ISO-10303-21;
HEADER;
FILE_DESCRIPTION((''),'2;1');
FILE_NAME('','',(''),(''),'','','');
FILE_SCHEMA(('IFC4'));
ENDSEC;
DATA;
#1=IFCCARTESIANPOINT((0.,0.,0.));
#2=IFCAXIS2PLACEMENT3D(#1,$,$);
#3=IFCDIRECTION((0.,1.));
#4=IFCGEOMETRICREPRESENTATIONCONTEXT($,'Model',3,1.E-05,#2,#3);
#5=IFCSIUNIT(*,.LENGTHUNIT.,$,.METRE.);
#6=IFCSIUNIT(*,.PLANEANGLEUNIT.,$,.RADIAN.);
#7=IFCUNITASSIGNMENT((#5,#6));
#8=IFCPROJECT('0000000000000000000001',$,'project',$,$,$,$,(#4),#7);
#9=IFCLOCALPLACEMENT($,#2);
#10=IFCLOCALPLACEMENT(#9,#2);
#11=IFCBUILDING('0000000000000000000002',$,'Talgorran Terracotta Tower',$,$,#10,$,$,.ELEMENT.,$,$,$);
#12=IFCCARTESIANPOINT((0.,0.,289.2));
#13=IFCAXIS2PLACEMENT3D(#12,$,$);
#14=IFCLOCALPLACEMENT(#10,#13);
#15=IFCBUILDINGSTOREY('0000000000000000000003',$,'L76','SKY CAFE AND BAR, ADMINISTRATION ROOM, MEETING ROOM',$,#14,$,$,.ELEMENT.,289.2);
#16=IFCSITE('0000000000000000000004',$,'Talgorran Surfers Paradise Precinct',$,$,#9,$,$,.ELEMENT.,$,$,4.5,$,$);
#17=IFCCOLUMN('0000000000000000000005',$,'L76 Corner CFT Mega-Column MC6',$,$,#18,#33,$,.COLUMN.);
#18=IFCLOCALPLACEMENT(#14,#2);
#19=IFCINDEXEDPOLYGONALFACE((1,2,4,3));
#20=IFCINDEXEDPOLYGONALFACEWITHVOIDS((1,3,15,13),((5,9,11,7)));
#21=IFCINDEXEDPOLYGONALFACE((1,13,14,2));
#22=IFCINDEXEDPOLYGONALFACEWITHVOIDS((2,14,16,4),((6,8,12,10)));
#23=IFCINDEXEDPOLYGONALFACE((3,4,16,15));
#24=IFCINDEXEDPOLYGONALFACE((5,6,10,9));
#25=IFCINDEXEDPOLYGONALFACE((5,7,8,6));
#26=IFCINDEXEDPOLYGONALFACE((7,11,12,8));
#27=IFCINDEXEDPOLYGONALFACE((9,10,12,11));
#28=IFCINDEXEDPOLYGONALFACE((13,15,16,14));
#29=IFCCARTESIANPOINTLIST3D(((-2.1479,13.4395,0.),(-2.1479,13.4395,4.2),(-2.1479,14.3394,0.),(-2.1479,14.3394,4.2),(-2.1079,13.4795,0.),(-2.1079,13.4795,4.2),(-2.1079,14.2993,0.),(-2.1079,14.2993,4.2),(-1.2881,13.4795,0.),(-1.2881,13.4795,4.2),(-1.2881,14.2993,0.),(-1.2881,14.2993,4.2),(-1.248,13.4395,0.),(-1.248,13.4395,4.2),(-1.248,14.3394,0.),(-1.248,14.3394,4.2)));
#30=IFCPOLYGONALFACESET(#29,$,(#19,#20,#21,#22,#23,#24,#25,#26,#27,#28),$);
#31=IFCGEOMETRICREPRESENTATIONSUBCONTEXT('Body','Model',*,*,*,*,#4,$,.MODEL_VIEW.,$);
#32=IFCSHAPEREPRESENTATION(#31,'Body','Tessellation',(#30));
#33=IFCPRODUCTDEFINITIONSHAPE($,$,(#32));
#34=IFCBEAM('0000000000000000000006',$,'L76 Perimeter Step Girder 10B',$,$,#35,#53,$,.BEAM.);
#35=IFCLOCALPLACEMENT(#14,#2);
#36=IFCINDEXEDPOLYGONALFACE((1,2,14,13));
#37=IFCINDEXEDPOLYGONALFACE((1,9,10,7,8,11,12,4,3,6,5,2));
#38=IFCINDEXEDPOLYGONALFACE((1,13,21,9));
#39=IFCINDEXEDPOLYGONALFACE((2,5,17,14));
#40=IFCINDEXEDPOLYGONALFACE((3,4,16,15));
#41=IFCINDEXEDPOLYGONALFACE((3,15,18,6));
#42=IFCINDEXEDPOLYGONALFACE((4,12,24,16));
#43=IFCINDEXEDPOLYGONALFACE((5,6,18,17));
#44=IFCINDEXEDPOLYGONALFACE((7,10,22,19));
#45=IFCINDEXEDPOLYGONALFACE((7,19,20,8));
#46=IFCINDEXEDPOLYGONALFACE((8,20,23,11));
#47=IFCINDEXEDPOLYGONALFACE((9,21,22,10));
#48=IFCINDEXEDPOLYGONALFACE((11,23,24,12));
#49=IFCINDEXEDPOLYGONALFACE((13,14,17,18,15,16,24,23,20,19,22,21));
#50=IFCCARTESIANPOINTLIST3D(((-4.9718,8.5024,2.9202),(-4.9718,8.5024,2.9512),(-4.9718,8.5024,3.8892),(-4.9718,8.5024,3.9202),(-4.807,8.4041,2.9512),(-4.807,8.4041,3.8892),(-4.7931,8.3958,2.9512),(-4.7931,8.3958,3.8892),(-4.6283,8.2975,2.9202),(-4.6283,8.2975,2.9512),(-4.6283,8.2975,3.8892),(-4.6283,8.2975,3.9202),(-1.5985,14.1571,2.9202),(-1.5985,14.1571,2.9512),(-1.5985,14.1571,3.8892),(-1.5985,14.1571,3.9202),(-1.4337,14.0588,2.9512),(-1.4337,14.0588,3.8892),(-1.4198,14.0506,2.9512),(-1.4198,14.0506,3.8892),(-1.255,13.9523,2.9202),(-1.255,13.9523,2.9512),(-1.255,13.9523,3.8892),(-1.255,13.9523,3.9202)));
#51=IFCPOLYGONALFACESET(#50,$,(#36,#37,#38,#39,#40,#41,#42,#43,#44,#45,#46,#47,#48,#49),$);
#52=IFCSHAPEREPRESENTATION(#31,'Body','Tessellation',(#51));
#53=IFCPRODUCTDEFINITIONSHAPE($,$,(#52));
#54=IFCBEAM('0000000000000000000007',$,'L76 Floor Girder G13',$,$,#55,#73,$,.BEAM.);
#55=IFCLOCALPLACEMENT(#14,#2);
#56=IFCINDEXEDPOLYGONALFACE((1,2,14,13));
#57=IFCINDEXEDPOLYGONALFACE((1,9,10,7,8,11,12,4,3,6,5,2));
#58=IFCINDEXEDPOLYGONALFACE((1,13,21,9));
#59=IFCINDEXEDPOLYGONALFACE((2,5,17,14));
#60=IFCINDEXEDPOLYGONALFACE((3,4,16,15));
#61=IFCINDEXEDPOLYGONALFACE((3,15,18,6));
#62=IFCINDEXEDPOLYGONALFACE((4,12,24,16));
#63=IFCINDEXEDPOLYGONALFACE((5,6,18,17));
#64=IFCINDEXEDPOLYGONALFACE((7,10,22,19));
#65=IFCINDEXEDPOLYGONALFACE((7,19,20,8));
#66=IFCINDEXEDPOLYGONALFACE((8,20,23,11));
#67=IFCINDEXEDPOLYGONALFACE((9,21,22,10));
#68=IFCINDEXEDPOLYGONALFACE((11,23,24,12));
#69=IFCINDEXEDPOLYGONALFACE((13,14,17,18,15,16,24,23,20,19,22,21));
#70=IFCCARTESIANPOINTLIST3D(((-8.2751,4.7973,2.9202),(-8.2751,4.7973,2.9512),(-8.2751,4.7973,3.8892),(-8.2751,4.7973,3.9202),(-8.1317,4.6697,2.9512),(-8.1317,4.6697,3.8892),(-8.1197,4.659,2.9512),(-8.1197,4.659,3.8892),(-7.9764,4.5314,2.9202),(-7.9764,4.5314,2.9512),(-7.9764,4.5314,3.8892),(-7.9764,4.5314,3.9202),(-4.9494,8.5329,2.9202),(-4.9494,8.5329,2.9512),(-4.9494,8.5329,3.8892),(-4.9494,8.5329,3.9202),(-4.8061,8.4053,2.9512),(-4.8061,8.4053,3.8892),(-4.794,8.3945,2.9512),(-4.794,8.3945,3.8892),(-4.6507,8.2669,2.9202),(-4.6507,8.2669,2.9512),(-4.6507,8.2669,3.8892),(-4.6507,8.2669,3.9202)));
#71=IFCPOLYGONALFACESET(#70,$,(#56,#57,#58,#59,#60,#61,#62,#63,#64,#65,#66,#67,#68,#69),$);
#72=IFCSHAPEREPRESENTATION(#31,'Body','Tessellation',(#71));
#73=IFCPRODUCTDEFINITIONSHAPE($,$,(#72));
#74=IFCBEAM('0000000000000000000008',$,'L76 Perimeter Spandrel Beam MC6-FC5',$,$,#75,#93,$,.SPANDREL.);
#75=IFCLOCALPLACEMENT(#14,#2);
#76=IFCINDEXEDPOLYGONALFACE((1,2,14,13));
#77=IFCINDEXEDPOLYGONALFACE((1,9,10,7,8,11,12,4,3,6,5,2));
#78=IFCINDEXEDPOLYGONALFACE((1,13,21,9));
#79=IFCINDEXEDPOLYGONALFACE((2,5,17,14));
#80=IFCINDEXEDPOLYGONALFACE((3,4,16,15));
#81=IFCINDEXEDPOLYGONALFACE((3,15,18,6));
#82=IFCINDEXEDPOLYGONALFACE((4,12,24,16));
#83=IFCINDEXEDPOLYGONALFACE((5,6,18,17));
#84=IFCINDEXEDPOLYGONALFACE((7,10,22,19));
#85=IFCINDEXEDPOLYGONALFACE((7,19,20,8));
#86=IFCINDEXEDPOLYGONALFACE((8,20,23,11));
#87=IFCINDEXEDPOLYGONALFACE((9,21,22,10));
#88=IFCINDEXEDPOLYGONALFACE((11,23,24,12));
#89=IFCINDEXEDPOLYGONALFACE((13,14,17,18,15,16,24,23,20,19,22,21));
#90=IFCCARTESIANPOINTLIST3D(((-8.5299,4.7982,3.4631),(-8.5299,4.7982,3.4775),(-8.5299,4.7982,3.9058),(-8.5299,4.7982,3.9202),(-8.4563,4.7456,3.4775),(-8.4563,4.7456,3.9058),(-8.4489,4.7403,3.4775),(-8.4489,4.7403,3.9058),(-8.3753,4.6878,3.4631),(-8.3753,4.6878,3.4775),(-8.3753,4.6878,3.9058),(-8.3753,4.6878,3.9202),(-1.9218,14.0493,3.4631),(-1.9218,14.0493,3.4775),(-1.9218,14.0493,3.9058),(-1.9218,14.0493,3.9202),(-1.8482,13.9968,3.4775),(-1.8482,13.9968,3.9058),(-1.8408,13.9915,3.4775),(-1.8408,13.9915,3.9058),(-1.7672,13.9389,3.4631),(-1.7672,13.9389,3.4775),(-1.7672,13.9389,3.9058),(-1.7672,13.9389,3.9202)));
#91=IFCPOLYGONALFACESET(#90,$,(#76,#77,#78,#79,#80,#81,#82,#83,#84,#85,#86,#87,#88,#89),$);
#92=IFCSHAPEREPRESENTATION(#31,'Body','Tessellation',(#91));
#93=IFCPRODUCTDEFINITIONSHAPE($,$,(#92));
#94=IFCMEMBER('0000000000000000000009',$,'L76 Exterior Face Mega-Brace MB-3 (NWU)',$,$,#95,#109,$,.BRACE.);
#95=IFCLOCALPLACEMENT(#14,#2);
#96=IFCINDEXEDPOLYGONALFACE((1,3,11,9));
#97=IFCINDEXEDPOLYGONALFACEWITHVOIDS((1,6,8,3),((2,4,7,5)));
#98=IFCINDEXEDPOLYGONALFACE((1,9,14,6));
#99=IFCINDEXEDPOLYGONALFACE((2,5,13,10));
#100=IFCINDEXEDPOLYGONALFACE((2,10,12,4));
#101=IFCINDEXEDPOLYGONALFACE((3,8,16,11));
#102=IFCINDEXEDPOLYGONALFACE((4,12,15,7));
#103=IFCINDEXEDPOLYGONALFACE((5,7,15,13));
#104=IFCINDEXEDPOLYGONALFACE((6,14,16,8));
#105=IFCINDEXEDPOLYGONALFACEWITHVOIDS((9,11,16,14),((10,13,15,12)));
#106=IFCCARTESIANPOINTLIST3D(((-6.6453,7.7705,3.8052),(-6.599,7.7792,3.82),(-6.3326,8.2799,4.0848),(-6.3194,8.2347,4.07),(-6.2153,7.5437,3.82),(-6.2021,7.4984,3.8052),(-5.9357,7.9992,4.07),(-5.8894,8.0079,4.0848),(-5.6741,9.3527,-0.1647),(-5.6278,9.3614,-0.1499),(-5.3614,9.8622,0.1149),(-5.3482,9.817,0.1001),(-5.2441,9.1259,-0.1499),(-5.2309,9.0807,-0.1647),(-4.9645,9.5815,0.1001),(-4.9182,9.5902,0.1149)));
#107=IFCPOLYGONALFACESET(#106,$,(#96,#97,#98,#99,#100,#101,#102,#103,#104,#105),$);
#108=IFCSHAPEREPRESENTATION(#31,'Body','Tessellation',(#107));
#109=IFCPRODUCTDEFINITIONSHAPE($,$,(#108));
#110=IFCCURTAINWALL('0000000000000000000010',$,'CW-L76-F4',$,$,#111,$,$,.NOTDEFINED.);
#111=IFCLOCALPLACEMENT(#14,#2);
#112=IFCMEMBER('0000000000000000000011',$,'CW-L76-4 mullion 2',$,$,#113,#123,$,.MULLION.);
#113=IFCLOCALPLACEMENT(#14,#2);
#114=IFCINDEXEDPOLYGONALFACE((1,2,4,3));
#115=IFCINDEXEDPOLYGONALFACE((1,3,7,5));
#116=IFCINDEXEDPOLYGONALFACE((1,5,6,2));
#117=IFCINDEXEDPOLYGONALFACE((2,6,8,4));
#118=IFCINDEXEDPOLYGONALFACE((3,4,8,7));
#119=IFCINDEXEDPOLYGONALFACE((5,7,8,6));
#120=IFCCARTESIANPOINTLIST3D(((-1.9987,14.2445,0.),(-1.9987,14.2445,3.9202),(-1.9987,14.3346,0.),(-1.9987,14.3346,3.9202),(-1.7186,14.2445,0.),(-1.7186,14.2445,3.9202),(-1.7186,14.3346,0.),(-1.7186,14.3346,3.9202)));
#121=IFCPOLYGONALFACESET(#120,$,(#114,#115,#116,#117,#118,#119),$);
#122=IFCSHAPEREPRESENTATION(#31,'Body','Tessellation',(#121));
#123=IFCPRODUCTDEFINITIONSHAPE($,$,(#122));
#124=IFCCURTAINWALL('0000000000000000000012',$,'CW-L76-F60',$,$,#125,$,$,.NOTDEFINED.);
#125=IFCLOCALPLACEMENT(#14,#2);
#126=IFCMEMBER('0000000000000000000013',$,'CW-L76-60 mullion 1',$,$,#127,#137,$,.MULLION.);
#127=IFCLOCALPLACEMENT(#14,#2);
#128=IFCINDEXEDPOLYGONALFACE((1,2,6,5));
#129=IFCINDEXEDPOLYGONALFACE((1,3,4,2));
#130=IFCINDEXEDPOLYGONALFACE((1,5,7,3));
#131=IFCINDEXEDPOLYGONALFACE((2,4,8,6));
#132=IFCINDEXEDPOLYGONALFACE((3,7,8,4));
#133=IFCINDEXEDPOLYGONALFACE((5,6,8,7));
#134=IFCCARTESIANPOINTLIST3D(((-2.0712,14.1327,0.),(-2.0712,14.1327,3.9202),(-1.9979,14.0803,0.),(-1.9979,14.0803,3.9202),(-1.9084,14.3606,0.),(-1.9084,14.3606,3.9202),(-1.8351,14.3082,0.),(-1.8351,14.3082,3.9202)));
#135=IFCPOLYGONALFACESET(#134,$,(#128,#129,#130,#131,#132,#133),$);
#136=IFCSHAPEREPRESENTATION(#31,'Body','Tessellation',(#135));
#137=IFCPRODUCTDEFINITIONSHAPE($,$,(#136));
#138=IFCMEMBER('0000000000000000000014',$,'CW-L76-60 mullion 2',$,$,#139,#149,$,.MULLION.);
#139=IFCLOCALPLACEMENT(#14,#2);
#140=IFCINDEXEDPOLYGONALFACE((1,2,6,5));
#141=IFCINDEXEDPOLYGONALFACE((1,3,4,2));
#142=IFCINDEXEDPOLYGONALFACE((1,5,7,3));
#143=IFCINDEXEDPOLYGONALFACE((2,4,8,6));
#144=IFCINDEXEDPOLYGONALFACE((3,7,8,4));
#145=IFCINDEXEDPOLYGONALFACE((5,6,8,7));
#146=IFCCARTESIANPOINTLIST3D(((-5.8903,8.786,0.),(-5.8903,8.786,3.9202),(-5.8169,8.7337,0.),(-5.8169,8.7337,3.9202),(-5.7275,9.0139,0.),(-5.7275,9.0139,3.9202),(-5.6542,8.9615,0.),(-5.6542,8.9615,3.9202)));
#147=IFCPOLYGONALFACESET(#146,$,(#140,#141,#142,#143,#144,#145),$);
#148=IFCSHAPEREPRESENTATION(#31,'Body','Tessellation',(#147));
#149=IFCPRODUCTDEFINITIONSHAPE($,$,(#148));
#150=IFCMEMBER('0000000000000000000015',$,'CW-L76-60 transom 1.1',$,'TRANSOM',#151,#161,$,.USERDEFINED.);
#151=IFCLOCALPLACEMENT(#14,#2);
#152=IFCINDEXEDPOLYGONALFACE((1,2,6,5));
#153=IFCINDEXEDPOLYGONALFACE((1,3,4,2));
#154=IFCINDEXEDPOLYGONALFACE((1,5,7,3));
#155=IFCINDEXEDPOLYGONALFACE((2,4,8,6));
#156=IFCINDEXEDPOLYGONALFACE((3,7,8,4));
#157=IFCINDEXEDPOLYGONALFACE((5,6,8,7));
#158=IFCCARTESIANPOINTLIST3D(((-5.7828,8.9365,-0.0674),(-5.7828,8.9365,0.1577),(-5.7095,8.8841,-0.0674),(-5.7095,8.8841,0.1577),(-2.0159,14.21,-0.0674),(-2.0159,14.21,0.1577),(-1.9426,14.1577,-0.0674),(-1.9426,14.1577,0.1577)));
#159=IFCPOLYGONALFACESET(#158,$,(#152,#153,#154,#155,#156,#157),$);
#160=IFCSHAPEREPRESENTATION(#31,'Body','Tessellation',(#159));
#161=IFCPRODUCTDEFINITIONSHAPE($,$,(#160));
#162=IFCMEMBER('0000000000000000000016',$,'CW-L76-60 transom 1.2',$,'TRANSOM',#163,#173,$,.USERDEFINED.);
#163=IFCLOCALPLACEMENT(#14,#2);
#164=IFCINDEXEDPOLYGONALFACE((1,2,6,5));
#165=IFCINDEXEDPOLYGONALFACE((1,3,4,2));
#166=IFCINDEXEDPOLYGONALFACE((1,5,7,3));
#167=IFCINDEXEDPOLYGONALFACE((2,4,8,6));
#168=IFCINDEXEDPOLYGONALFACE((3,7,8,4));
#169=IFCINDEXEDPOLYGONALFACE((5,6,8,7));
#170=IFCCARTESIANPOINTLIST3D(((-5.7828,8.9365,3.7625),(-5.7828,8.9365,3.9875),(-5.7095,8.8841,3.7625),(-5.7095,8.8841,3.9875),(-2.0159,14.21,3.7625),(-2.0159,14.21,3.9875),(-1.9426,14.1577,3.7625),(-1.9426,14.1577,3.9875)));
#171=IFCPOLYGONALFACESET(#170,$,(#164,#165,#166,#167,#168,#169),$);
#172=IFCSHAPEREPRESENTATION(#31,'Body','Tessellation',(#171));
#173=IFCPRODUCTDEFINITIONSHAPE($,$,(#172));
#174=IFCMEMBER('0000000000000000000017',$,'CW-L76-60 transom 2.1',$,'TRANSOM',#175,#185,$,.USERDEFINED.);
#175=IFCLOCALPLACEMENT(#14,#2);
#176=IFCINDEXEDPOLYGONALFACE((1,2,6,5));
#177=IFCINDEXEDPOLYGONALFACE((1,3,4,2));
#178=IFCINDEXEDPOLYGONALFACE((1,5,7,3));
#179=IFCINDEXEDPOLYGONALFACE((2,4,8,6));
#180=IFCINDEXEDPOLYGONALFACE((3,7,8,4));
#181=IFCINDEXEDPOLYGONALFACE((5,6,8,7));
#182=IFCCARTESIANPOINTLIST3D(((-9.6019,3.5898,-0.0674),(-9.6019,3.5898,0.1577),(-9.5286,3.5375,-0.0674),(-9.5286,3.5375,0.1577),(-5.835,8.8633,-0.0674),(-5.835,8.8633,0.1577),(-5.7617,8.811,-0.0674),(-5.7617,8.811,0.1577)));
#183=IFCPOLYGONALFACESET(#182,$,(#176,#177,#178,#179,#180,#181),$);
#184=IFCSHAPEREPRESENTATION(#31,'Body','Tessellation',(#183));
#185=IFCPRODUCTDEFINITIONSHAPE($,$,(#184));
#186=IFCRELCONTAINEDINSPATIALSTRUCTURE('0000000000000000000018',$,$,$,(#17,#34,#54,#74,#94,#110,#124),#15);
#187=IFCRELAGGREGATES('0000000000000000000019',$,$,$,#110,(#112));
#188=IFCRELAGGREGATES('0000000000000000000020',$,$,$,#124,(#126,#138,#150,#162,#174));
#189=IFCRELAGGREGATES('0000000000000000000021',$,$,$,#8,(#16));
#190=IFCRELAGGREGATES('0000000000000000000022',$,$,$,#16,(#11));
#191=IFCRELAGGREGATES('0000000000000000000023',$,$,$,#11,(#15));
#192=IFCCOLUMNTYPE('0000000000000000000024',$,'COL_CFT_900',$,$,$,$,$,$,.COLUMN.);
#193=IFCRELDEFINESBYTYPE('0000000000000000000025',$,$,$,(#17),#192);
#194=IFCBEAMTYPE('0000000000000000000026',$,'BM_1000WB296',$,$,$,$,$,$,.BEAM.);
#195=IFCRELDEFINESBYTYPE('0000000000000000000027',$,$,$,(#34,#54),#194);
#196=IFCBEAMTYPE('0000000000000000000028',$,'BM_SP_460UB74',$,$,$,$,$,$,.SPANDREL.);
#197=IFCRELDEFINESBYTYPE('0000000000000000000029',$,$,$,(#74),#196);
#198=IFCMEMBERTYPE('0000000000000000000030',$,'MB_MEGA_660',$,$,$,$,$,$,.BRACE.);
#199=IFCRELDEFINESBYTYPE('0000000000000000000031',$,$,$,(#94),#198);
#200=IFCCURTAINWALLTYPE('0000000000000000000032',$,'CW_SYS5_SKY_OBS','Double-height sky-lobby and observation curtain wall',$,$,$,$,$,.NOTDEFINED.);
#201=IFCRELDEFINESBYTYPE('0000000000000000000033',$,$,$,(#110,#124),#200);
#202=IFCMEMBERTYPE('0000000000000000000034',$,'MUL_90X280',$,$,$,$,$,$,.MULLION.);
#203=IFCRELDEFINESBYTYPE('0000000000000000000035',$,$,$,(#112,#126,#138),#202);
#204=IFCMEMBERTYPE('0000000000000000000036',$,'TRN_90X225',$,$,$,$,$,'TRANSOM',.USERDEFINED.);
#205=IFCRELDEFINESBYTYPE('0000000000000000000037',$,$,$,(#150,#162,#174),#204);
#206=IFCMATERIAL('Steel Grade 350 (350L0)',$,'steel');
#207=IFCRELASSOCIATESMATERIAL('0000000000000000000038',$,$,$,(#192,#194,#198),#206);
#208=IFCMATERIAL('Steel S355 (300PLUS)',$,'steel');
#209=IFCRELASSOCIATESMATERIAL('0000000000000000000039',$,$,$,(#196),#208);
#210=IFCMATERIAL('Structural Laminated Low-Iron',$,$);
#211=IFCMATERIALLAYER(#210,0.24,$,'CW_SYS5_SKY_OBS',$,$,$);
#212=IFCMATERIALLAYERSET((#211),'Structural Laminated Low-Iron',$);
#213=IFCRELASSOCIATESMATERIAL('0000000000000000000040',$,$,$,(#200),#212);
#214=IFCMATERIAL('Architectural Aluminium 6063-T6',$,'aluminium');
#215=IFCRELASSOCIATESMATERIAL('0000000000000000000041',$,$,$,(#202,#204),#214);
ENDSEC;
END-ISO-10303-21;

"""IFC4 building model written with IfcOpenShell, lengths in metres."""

from ifc_helpers import new_model, si_unit, direction, frame, origin, origin_2d, place, context, subcontext, project, spatial, rectangle, hollow_rectangle, i_section, extrude, material, layer, layer_set, material_profile, profile_set, type_object, element, aggregate, save


model = new_model("IFC4")

# Units and contexts
model_context = context("Model", 3, precision=1e-05, world=origin(), true_north=direction((0.0, 1.0)))
body_context = subcontext(model_context, "Body", "Model", "MODEL_VIEW")
ifc_project = project(units=[si_unit("LENGTHUNIT", "METRE"), si_unit("PLANEANGLEUNIT", "RADIAN")], contexts=[model_context])

# Site, building, storey
site_placement = place(None, origin())
site = spatial("IfcSite", under=ifc_project, at=site_placement, Name="Talgorran Surfers Paradise Precinct", CompositionType="ELEMENT", RefElevation=4.5)
building_placement = place(site_placement, origin())
building = spatial("IfcBuilding", under=site, at=building_placement, Name="Talgorran Terracotta Tower", CompositionType="ELEMENT")
storey_placement = place(building_placement, frame((0.0, 0.0, 289.2)))
storey = spatial("IfcBuildingStorey", under=building, at=storey_placement, Name="L76", Description="SKY CAFE AND BAR, ADMINISTRATION ROOM, MEETING ROOM", CompositionType="ELEMENT", Elevation=289.2)

# Column
ifc_material_1 = material(Name="Steel Grade 350 (350L0)", Category="steel")
ifc_material_profile_1 = material_profile(ifc_material_1, hollow_rectangle(XDim=0.8999, YDim=0.8999, WallThickness=0.04, at=origin_2d()), Name="CFT900X900X40")
ifc_profile_set_1 = profile_set([ifc_material_profile_1], Name="Steel Grade 350 (350L0)")
column_type = type_object("IfcColumnType", Name="COL_CFT_900", PredefinedType="COLUMN", material=ifc_profile_set_1)
column_placement = place(storey_placement, frame((-1.698, 13.8894, 0.0), z_axis=(0.0, 0.0, 1.0), x_axis=(1.0, 0.0, 0.0)))
element("IfcColumn", 1, at=column_placement, inside=storey, type_object=column_type, Name="L76 Corner CFT Mega-Column MC6", PredefinedType="COLUMN", context=body_context, shape_type="SweptSolid", body=[
    extrude(hollow_rectangle(XDim=0.8999, YDim=0.8999, WallThickness=0.04, at=origin_2d()), origin(), (0.0, 0.0, 1.0), 4.2),
])

# Beams
ifc_material_profile_2 = material_profile(ifc_material_1, i_section(OverallWidth=0.3999, OverallDepth=1.0, WebThickness=0.0161, FlangeThickness=0.031, at=origin_2d()), Name="1000WB296")
ifc_profile_set_2 = profile_set([ifc_material_profile_2], Name="Steel Grade 350 (350L0)")
beam_type_1 = type_object("IfcBeamType", Name="BM_1000WB296", PredefinedType="BEAM", material=ifc_profile_set_2)
beam_1_placement = place(storey_placement, frame((-1.4268, 14.0547, 3.4202), z_axis=(-0.512308, -0.858802, 0.0), x_axis=(0.858802, -0.512308, 0.0)))
element("IfcBeam", 2, at=beam_1_placement, inside=storey, type_object=beam_type_1, Name="L76 Perimeter Step Girder 10B", PredefinedType="BEAM", context=body_context, shape_type="SweptSolid", body=[
    extrude(i_section(OverallWidth=0.3999, OverallDepth=1.0, WebThickness=0.0161, FlangeThickness=0.031, at=origin_2d()), origin(), (0.0, 0.0, 1.0), 6.5845),
])
beam_2_placement = place(storey_placement, frame((-4.8, 8.3999, 3.4202), z_axis=(-0.664939, -0.746897, 0.0), x_axis=(0.746897, -0.664939, 0.0)))
element("IfcBeam", 3, at=beam_2_placement, inside=storey, type_object=beam_type_1, Name="L76 Floor Girder G13", PredefinedType="BEAM", context=body_context, shape_type="SweptSolid", body=[
    extrude(i_section(OverallWidth=0.3999, OverallDepth=1.0, WebThickness=0.0161, FlangeThickness=0.031, at=origin_2d()), origin(), (0.0, 0.0, 1.0), 5.0015),
])
ifc_material_2 = material(Name="Steel S355 (300PLUS)", Category="steel")
ifc_material_profile_3 = material_profile(ifc_material_2, i_section(OverallWidth=0.1899, OverallDepth=0.457, WebThickness=0.009, FlangeThickness=0.0144, at=origin_2d()), Name="460UB74.6")
ifc_profile_set_3 = profile_set([ifc_material_profile_3], Name="Steel S355 (300PLUS)")
beam_type_2 = type_object("IfcBeamType", Name="BM_SP_460UB74", PredefinedType="SPANDREL", material=ifc_profile_set_3)
beam_3_placement = place(storey_placement, frame((-1.8445, 13.9941, 3.6917), z_axis=(-0.581246, -0.813728, 0.0), x_axis=(0.813728, -0.581246, 0.0)))
element("IfcBeam", 4, at=beam_3_placement, inside=storey, type_object=beam_type_2, Name="L76 Perimeter Spandrel Beam MC6-FC5", PredefinedType="SPANDREL", context=body_context, shape_type="SweptSolid", body=[
    extrude(i_section(OverallWidth=0.1899, OverallDepth=0.457, WebThickness=0.009, FlangeThickness=0.0144, at=origin_2d()), origin(), (0.0, 0.0, 1.0), 11.3689),
])

# Member
ifc_material_profile_4 = material_profile(ifc_material_1, hollow_rectangle(XDim=0.52, YDim=0.6599, WallThickness=0.0349, at=origin_2d()), Name="WBOX660X520X35")
ifc_profile_set_4 = profile_set([ifc_material_profile_4], Name="Steel Grade 350 (350L0)")
member_type_1 = type_object("IfcMemberType", Name="MB_MEGA_660", PredefinedType="BRACE", material=ifc_profile_set_4)
member_1_placement = place(storey_placement, frame((-5.2961, 9.4714, -0.0249), z_axis=(-0.2216, -0.361033, 0.905841), x_axis=(0.852263, -0.523114, 0.0)))
element("IfcMember", 5, at=member_1_placement, inside=storey, type_object=member_type_1, Name="L76 Exterior Face Mega-Brace MB-3 (NWU)", PredefinedType="BRACE", context=body_context, shape_type="SweptSolid", body=[
    extrude(hollow_rectangle(XDim=0.52, YDim=0.6599, WallThickness=0.0349, at=origin_2d()), origin(), (0.0, 0.0, 1.0), 4.3826),
])

# Curtain wall, member
ifc_material_3 = material(Name="Structural Laminated Low-Iron")
ifc_layer_1 = layer(ifc_material_3, 0.24, Name="CW_SYS5_SKY_OBS")
ifc_layer_set_1 = layer_set([ifc_layer_1], Name="Structural Laminated Low-Iron")
curtain_wall_type = type_object("IfcCurtainWallType", Name="CW_SYS5_SKY_OBS", Description="Double-height sky-lobby and observation curtain wall", PredefinedType="NOTDEFINED", material=ifc_layer_set_1)
curtain_wall_1_placement = place(storey_placement, origin())
curtain_wall_1 = element("IfcCurtainWall", 6, at=curtain_wall_1_placement, inside=storey, type_object=curtain_wall_type, Name="CW-L76-F4", PredefinedType="NOTDEFINED")
ifc_material_4 = material(Name="Architectural Aluminium 6063-T6", Category="aluminium")
ifc_material_profile_5 = material_profile(ifc_material_4, rectangle(XDim=0.0901, YDim=0.28, at=origin_2d()), Name="CWM90X280")
ifc_profile_set_5 = profile_set([ifc_material_profile_5], Name="Architectural Aluminium 6063-T6")
member_type_2 = type_object("IfcMemberType", Name="MUL_90X280", PredefinedType="MULLION", material=ifc_profile_set_5)
member_2_placement = place(storey_placement, frame((-1.8586, 14.2896, 0.0), z_axis=(0.0, 0.0, 1.0), x_axis=(0.0, -1.0, 0.0)))
member_2 = element("IfcMember", 7, at=member_2_placement, type_object=member_type_2, Name="CW-L76-4 mullion 2", PredefinedType="MULLION", context=body_context, shape_type="SweptSolid", body=[
    extrude(rectangle(XDim=0.0901, YDim=0.28, at=origin_2d()), origin(), (0.0, 0.0, 1.0), 3.9202),
])
aggregate(curtain_wall_1, [member_2])

# Curtain wall, members
curtain_wall_2_placement = place(storey_placement, origin())
curtain_wall_2 = element("IfcCurtainWall", 8, at=curtain_wall_2_placement, inside=storey, type_object=curtain_wall_type, Name="CW-L76-F60", PredefinedType="NOTDEFINED")
member_3_placement = place(storey_placement, frame((-1.9531, 14.2205, 0.0), z_axis=(0.0, 0.0, 1.0), x_axis=(0.813728, -0.581245, 0.0)))
member_3 = element("IfcMember", 9, at=member_3_placement, type_object=member_type_2, Name="CW-L76-60 mullion 1", PredefinedType="MULLION", context=body_context, shape_type="SweptSolid", body=[
    extrude(rectangle(XDim=0.0901, YDim=0.28, at=origin_2d()), origin(), (0.0, 0.0, 1.0), 3.9202),
])
member_4_placement = place(storey_placement, frame((-5.7722, 8.8738, 0.0), z_axis=(0.0, 0.0, 1.0), x_axis=(0.813728, -0.581245, 0.0)))
member_4 = element("IfcMember", 10, at=member_4_placement, type_object=member_type_2, Name="CW-L76-60 mullion 2", PredefinedType="MULLION", context=body_context, shape_type="SweptSolid", body=[
    extrude(rectangle(XDim=0.0901, YDim=0.28, at=origin_2d()), origin(), (0.0, 0.0, 1.0), 3.9202),
])
ifc_material_profile_6 = material_profile(ifc_material_4, rectangle(XDim=0.0901, YDim=0.2251, at=origin_2d()), Name="CWT90X225")
ifc_profile_set_6 = profile_set([ifc_material_profile_6], Name="Architectural Aluminium 6063-T6")
member_type_3 = type_object("IfcMemberType", Name="TRN_90X225", ElementType="TRANSOM", PredefinedType="USERDEFINED", material=ifc_profile_set_6)
member_5_placement = place(storey_placement, frame((-1.9792, 14.1838, 0.0452), z_axis=(-0.581249, -0.813726, 0.0), x_axis=(0.813726, -0.581249, 0.0)))
member_5 = element("IfcMember", 11, at=member_5_placement, type_object=member_type_3, Name="CW-L76-60 transom 1.1", ObjectType="TRANSOM", PredefinedType="USERDEFINED", context=body_context, shape_type="SweptSolid", body=[
    extrude(rectangle(XDim=0.0901, YDim=0.2251, at=origin_2d()), origin(), (0.0, 0.0, 1.0), 6.4807),
])
member_6_placement = place(storey_placement, frame((-1.9792, 14.1838, 3.875), z_axis=(-0.581249, -0.813726, 0.0), x_axis=(0.813726, -0.581249, 0.0)))
member_6 = element("IfcMember", 12, at=member_6_placement, type_object=member_type_3, Name="CW-L76-60 transom 1.2", ObjectType="TRANSOM", PredefinedType="USERDEFINED", context=body_context, shape_type="SweptSolid", body=[
    extrude(rectangle(XDim=0.0901, YDim=0.2251, at=origin_2d()), origin(), (0.0, 0.0, 1.0), 6.4807),
])
member_7_placement = place(storey_placement, frame((-5.7983, 8.8372, 0.0452), z_axis=(-0.581249, -0.813726, 0.0), x_axis=(0.813726, -0.581249, 0.0)))
member_7 = element("IfcMember", 13, at=member_7_placement, type_object=member_type_3, Name="CW-L76-60 transom 2.1", ObjectType="TRANSOM", PredefinedType="USERDEFINED", context=body_context, shape_type="SweptSolid", body=[
    extrude(rectangle(XDim=0.0901, YDim=0.2251, at=origin_2d()), origin(), (0.0, 0.0, 1.0), 6.4807),
])

aggregate(curtain_wall_2, [member_3, member_4, member_5, member_6, member_7])

save(model, "model.ifc")
